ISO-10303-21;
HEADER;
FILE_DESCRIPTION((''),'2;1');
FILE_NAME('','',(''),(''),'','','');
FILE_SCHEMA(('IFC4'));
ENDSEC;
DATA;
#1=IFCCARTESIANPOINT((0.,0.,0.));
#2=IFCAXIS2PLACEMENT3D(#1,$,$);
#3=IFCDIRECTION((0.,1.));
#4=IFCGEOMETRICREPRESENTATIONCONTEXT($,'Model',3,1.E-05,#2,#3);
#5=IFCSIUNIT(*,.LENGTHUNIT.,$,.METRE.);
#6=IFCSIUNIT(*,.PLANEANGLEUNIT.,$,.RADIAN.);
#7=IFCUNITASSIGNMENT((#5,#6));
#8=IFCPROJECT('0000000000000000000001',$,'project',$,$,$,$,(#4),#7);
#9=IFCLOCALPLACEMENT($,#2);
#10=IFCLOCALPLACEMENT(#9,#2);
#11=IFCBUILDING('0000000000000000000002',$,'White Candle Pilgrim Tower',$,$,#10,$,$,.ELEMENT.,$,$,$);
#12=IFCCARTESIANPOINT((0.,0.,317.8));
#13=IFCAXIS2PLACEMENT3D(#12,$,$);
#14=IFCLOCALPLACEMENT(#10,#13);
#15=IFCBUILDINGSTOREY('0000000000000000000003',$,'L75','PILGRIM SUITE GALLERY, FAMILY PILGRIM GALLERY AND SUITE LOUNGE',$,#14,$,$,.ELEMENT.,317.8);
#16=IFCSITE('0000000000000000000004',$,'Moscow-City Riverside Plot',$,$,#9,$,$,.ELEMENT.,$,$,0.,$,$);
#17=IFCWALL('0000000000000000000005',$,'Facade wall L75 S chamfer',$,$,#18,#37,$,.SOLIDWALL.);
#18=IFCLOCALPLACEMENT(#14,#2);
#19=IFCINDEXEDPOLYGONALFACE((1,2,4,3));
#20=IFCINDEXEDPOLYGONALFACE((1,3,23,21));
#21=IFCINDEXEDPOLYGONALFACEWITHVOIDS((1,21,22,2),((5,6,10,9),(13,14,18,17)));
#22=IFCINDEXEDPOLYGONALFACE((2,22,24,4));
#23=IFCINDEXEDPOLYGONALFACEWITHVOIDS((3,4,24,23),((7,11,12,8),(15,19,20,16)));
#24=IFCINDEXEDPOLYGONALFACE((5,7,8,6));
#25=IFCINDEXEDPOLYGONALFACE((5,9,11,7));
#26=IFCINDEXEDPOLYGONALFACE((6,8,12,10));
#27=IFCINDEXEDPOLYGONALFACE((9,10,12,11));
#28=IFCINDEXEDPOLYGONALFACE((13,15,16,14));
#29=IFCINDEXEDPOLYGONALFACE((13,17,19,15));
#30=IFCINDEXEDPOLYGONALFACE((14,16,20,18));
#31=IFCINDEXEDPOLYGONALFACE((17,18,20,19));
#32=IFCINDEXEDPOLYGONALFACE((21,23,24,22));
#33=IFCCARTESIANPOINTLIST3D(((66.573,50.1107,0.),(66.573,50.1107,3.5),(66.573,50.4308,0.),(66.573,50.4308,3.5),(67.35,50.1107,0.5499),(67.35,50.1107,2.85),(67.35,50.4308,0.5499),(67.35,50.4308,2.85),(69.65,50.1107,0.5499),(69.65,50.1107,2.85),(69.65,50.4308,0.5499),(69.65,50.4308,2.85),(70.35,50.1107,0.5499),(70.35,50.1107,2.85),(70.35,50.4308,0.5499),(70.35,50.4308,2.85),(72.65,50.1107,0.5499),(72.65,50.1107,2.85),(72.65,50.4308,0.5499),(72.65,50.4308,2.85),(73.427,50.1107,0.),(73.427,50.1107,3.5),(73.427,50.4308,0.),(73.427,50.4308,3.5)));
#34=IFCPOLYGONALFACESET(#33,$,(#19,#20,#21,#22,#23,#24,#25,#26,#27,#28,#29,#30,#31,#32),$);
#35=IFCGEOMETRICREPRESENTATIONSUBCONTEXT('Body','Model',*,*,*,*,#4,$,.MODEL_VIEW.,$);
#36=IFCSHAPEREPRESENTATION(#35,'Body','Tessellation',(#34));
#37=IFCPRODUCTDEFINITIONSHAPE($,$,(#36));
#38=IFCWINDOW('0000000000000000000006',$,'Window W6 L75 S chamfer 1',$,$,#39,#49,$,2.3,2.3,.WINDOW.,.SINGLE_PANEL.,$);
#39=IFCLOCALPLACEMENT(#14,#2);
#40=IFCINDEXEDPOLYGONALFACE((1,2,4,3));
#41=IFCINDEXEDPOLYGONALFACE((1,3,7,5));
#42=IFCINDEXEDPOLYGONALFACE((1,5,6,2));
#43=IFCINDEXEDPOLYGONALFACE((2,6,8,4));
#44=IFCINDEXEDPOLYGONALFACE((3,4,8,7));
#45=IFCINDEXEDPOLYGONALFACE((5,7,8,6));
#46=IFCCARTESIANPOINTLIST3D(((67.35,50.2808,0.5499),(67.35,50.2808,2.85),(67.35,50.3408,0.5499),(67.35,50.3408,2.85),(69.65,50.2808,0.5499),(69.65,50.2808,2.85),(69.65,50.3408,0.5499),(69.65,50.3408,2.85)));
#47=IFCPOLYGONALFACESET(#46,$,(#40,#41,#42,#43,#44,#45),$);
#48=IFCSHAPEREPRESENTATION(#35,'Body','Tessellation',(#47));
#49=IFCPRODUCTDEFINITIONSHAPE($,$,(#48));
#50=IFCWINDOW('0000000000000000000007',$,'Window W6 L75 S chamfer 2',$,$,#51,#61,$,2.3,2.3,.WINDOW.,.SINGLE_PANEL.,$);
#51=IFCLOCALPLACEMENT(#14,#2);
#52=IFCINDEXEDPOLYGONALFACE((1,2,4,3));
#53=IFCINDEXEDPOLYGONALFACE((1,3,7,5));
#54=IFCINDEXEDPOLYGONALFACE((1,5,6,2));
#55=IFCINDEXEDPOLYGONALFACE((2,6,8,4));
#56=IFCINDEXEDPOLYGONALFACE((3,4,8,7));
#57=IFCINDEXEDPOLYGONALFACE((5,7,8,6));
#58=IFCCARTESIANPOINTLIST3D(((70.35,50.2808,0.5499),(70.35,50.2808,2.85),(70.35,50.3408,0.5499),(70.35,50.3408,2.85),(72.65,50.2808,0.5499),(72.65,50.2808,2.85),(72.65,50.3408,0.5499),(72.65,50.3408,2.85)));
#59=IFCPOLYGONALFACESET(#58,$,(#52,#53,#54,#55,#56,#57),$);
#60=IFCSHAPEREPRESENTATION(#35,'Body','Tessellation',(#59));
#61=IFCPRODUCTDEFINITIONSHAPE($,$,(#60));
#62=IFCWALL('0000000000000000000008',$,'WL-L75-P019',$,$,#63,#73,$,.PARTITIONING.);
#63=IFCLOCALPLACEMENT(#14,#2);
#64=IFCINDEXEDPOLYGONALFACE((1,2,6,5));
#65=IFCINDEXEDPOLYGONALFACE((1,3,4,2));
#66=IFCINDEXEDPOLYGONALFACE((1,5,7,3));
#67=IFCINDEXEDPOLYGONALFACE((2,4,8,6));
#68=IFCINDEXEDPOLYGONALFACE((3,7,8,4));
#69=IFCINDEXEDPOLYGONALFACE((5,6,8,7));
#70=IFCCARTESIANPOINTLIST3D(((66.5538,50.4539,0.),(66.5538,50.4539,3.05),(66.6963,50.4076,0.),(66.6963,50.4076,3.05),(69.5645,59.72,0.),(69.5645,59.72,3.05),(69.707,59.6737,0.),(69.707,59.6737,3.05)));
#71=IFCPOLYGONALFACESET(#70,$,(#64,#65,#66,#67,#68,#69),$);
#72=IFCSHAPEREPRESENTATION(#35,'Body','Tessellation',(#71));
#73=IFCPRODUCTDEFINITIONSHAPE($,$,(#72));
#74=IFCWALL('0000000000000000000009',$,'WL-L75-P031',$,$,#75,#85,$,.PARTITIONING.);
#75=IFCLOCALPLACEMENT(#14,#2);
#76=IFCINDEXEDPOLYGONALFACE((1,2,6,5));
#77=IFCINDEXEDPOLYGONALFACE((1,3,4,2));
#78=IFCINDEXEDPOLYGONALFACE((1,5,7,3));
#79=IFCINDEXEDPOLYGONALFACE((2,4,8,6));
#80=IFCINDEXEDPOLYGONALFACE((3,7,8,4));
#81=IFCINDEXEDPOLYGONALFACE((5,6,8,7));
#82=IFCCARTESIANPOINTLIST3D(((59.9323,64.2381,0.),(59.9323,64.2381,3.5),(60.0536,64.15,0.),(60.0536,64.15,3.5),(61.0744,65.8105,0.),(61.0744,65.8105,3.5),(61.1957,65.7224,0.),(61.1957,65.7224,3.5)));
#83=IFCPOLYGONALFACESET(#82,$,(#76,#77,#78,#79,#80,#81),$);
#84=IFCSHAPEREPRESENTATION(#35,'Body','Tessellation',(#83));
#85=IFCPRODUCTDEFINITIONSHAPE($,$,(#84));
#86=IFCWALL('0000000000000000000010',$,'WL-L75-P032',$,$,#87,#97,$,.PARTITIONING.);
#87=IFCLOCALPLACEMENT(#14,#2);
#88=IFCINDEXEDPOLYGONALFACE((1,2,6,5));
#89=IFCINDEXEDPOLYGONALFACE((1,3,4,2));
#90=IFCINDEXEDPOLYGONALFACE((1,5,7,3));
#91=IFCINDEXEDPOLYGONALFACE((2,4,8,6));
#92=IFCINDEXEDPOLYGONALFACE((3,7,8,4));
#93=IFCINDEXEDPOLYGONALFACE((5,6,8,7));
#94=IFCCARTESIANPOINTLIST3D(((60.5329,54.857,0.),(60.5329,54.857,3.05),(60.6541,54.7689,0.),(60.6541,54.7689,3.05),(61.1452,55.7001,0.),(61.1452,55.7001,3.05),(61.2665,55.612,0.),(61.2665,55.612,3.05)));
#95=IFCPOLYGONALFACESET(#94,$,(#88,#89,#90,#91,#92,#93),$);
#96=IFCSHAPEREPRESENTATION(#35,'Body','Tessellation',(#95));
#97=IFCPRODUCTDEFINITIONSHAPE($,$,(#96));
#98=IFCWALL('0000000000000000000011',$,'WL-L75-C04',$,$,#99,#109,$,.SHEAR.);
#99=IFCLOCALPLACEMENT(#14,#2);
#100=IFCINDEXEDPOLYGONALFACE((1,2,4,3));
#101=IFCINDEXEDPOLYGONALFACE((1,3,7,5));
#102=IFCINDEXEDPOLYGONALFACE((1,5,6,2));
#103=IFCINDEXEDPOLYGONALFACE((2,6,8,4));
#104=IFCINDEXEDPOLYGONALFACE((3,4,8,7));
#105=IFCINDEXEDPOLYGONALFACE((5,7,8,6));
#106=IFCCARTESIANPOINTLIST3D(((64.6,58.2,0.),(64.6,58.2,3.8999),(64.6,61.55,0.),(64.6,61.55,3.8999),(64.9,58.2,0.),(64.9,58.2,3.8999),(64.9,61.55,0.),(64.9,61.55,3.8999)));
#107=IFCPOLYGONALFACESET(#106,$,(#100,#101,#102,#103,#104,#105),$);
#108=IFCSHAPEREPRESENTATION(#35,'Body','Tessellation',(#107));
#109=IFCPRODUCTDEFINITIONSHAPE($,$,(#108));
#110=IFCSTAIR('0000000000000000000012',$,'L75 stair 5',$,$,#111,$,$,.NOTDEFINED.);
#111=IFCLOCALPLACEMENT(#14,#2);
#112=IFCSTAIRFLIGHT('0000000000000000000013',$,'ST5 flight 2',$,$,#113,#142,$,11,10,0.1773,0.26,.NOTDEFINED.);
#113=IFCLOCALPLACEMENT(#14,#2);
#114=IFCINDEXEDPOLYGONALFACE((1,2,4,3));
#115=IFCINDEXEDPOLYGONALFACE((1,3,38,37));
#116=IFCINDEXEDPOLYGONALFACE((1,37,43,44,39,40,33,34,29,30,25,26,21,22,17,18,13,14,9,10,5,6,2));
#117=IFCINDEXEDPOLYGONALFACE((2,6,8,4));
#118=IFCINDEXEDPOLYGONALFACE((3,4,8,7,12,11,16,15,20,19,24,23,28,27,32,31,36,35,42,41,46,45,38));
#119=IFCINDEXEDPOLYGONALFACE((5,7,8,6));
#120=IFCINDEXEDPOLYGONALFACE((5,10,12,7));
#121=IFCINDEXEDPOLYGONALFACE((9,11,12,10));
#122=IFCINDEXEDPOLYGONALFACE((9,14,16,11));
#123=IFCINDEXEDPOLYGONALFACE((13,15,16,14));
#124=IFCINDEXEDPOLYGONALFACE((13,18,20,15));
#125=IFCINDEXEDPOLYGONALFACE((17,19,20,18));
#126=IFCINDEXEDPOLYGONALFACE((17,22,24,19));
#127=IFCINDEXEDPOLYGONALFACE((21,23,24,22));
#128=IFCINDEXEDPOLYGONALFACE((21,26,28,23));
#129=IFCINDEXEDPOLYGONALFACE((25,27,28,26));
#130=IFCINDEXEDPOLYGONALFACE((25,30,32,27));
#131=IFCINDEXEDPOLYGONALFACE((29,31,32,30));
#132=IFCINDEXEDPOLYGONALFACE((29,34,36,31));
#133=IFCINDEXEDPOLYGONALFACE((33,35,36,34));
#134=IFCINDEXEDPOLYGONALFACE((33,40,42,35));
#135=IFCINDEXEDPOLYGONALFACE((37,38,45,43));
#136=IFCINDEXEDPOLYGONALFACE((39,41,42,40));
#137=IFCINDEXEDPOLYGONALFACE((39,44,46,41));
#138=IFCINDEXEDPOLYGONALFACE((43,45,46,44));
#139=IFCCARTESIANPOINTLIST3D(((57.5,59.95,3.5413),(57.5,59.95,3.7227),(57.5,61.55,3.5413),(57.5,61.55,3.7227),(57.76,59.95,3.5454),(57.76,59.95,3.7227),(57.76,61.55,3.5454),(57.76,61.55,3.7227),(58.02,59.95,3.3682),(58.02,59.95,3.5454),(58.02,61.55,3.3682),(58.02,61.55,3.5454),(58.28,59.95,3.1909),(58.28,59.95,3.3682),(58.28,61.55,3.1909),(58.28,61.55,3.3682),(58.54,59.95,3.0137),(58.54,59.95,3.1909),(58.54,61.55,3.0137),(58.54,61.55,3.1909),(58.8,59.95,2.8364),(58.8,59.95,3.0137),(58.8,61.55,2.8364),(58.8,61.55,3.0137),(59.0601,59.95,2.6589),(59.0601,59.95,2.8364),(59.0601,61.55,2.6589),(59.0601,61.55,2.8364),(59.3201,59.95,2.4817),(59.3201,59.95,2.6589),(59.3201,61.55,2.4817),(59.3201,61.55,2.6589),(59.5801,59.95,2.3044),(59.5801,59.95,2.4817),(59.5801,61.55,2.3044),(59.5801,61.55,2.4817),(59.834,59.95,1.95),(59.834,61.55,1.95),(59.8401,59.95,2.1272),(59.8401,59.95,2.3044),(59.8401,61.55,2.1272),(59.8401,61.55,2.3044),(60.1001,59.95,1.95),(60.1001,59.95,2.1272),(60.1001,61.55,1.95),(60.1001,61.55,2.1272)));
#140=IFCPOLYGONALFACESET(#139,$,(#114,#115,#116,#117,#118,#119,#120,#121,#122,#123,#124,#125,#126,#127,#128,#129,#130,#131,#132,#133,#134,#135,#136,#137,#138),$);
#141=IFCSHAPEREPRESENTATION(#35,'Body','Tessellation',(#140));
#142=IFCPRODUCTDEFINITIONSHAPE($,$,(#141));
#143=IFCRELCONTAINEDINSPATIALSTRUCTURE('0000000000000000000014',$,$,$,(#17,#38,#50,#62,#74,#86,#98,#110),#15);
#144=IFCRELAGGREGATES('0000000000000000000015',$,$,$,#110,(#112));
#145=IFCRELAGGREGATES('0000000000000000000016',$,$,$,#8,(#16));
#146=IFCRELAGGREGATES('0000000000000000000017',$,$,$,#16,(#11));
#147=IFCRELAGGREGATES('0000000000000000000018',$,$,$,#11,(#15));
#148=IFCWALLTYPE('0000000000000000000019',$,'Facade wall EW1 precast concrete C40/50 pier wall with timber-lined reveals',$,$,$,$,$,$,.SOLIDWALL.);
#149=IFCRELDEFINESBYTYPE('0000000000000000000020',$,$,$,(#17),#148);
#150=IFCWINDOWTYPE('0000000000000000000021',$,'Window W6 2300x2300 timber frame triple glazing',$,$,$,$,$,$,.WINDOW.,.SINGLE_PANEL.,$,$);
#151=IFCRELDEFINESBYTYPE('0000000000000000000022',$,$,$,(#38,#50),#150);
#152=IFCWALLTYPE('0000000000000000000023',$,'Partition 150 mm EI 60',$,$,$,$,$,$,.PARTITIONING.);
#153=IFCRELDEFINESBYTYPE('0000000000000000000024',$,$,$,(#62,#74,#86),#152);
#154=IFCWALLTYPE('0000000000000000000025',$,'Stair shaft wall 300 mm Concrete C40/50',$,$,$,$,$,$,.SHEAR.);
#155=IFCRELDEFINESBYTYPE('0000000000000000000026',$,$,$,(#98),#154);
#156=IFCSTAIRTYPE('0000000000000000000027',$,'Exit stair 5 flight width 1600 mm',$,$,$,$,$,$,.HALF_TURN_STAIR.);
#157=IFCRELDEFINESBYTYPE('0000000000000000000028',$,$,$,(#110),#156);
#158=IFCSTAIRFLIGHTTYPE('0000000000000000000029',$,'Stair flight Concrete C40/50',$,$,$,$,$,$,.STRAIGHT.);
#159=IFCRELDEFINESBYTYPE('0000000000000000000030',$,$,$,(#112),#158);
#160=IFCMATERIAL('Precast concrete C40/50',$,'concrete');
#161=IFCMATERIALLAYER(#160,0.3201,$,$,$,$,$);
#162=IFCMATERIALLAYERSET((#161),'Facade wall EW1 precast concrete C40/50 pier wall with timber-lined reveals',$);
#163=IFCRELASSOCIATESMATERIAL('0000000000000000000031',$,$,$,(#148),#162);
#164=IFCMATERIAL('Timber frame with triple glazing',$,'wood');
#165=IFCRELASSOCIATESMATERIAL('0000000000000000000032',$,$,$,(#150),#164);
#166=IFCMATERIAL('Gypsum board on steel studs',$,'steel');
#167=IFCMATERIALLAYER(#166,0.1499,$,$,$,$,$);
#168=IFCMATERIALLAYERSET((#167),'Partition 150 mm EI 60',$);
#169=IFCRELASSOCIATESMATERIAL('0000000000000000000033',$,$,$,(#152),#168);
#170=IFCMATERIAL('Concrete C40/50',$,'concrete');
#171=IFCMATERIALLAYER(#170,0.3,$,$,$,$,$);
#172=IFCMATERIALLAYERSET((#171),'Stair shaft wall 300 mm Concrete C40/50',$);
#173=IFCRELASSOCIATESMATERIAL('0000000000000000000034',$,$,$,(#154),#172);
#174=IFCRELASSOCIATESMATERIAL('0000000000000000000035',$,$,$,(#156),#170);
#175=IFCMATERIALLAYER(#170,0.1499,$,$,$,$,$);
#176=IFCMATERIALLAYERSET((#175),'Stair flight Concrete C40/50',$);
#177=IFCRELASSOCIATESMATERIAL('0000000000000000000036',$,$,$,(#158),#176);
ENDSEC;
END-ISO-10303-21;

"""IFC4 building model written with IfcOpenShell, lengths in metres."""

from ifc_helpers import new_model, si_unit, direction, frame, frame_2d, origin, place, context, subcontext, project, spatial, polyline, rectangle, outline, extrude, material, layer, layer_set, type_object, element, fill, aggregate, save


model = new_model("IFC4")

# Units and contexts
model_context = context("Model", 3, precision=1e-05, world=origin(), true_north=direction((0.0, 1.0)))
body_context = subcontext(model_context, "Body", "Model", "MODEL_VIEW")
ifc_project = project(units=[si_unit("LENGTHUNIT", "METRE"), si_unit("PLANEANGLEUNIT", "RADIAN")], contexts=[model_context])

# Site, building, storey
site_placement = place(None, origin())
site = spatial("IfcSite", under=ifc_project, at=site_placement, Name="Moscow-City Riverside Plot", CompositionType="ELEMENT", RefElevation=0.0)
building_placement = place(site_placement, origin())
building = spatial("IfcBuilding", under=site, at=building_placement, Name="White Candle Pilgrim Tower", CompositionType="ELEMENT")
storey_placement = place(building_placement, frame((0.0, 0.0, 317.8)))
storey = spatial("IfcBuildingStorey", under=building, at=storey_placement, Name="L75", Description="PILGRIM SUITE GALLERY, FAMILY PILGRIM GALLERY AND SUITE LOUNGE", CompositionType="ELEMENT", Elevation=317.8)

# Shared definitions
ifc_material_1 = material(Name="Gypsum board on steel studs", Category="steel")

# Wall, openings, windows
ifc_material_2 = material(Name="Precast concrete C40/50", Category="concrete")
ifc_layer_1 = layer(ifc_material_2, 0.3201)
ifc_layer_set_1 = layer_set([ifc_layer_1], Name="Facade wall EW1 precast concrete C40/50 pier wall with timber-lined reveals")
wall_type_1 = type_object("IfcWallType", Name="Facade wall EW1 precast concrete C40/50 pier wall with timber-lined reveals", PredefinedType="SOLIDWALL", material=ifc_layer_set_1)
wall_1_placement = place(storey_placement, frame((66.573, 50.2708, 0.0), z_axis=(0.0, 0.0, 1.0), x_axis=(1.0, 0.0, 0.0)))
wall_1 = element("IfcWall", 1, at=wall_1_placement, inside=storey, type_object=wall_type_1, Name="Facade wall L75 S chamfer", PredefinedType="SOLIDWALL", context=body_context, shape_type="SweptSolid", body=[
    extrude(rectangle(XDim=6.854, YDim=0.3201, at=frame_2d((3.427, 0.0))), origin(), (0.0, 0.0, 1.0), 3.5),
])
opening_1_placement = place(wall_1_placement, frame((0.7771, 0.0, 0.55)))
opening_1 = element("IfcOpeningElement", 2, at=opening_1_placement, cuts=wall_1, PredefinedType="OPENING", context=body_context, shape_type="SweptSolid", body=[
    extrude(rectangle(XDim=2.3, YDim=2.3, at=frame_2d((1.1499, 1.1499))), frame((0.0, 0.1699, 0.0), z_axis=(0.0, -1.0, 0.0), x_axis=(1.0, 0.0, 0.0)), (0.0, 0.0, 1.0), 0.3401),
])
opening_2_placement = place(wall_1_placement, frame((3.7771, 0.0, 0.55)))
opening_2 = element("IfcOpeningElement", 3, at=opening_2_placement, cuts=wall_1, PredefinedType="OPENING", context=body_context, shape_type="SweptSolid", body=[
    extrude(rectangle(XDim=2.3, YDim=2.3, at=frame_2d((1.1499, 1.1499))), frame((0.0, 0.1699, 0.0), z_axis=(0.0, -1.0, 0.0), x_axis=(1.0, 0.0, 0.0)), (0.0, 0.0, 1.0), 0.3401),
])
ifc_material_3 = material(Name="Timber frame with triple glazing", Category="wood")
window_type = type_object("IfcWindowType", Name="Window W6 2300x2300 timber frame triple glazing", PartitioningType="SINGLE_PANEL", PredefinedType="WINDOW", material=ifc_material_3)
window_1_placement = place(opening_1_placement, origin())
window_1 = element("IfcWindow", 4, at=window_1_placement, inside=storey, type_object=window_type, Name="Window W6 L75 S chamfer 1", OverallHeight=2.3, OverallWidth=2.3, PartitioningType="SINGLE_PANEL", PredefinedType="WINDOW", context=body_context, shape_type="SweptSolid", body=[
    extrude(rectangle(XDim=2.3, YDim=2.3, at=frame_2d((1.1499, 1.1499))), frame((0.0, 0.0701, 0.0), z_axis=(0.0, -1.0, 0.0), x_axis=(1.0, 0.0, 0.0)), (0.0, 0.0, 1.0), 0.0601),
])
fill(opening_1, window_1)
window_2_placement = place(opening_2_placement, origin())
window_2 = element("IfcWindow", 5, at=window_2_placement, inside=storey, type_object=window_type, Name="Window W6 L75 S chamfer 2", OverallHeight=2.3, OverallWidth=2.3, PartitioningType="SINGLE_PANEL", PredefinedType="WINDOW", context=body_context, shape_type="SweptSolid", body=[
    extrude(rectangle(XDim=2.3, YDim=2.3, at=frame_2d((1.1499, 1.1499))), frame((0.0, 0.0701, 0.0), z_axis=(0.0, -1.0, 0.0), x_axis=(1.0, 0.0, 0.0)), (0.0, 0.0, 1.0), 0.0601),
])
fill(opening_2, window_2)

# Walls
ifc_layer_2 = layer(ifc_material_1, 0.1499)
ifc_layer_set_2 = layer_set([ifc_layer_2], Name="Partition 150 mm EI 60")
wall_type_2 = type_object("IfcWallType", Name="Partition 150 mm EI 60", PredefinedType="PARTITIONING", material=ifc_layer_set_2)
wall_2_placement = place(storey_placement, frame((66.625, 50.4307, 0.0), z_axis=(0.0, 0.0, 1.0), x_axis=(0.309017, 0.951057, 0.0)))
element("IfcWall", 6, at=wall_2_placement, inside=storey, type_object=wall_type_2, Name="WL-L75-P019", PredefinedType="PARTITIONING", context=body_context, shape_type="SweptSolid", body=[
    extrude(rectangle(XDim=9.7429, YDim=0.1499, at=frame_2d((4.8716, 0.0))), origin(), (0.0, 0.0, 1.0), 3.05),
])
wall_3_placement = place(storey_placement, frame((59.9929, 64.1941, 0.0), z_axis=(0.0, 0.0, 1.0), x_axis=(0.587708, 0.809073, 0.0)))
element("IfcWall", 7, at=wall_3_placement, inside=storey, type_object=wall_type_2, Name="WL-L75-P031", PredefinedType="PARTITIONING", context=body_context, shape_type="SweptSolid", body=[
    extrude(rectangle(XDim=1.9434, YDim=0.1499, at=frame_2d((0.9717, 0.0))), origin(), (0.0, 0.0, 1.0), 3.5),
])
wall_4_placement = place(storey_placement, frame((60.5935, 54.813, 0.0), z_axis=(0.0, 0.0, 1.0), x_axis=(0.58767, 0.809101, 0.0)))
element("IfcWall", 8, at=wall_4_placement, inside=storey, type_object=wall_type_2, Name="WL-L75-P032", PredefinedType="PARTITIONING", context=body_context, shape_type="SweptSolid", body=[
    extrude(rectangle(XDim=1.042, YDim=0.1499, at=frame_2d((0.521, 0.0))), origin(), (0.0, 0.0, 1.0), 3.05),
])
ifc_material_4 = material(Name="Concrete C40/50", Category="concrete")
ifc_layer_3 = layer(ifc_material_4, 0.3)
ifc_layer_set_3 = layer_set([ifc_layer_3], Name="Stair shaft wall 300 mm Concrete C40/50")
wall_type_3 = type_object("IfcWallType", Name="Stair shaft wall 300 mm Concrete C40/50", PredefinedType="SHEAR", material=ifc_layer_set_3)
wall_5_placement = place(storey_placement, frame((64.75, 58.2, 0.0), z_axis=(0.0, 0.0, 1.0), x_axis=(0.0, 1.0, 0.0)))
element("IfcWall", 9, at=wall_5_placement, inside=storey, type_object=wall_type_3, Name="WL-L75-C04", PredefinedType="SHEAR", context=body_context, shape_type="SweptSolid", body=[
    extrude(rectangle(XDim=3.3501, YDim=0.3, at=frame_2d((1.675, 0.0))), origin(), (0.0, 0.0, 1.0), 3.8999),
])

# Stair, stair flight
stair_type = type_object("IfcStairType", Name="Exit stair 5 flight width 1600 mm", PredefinedType="HALF_TURN_STAIR", material=ifc_material_4)
stair_placement = place(storey_placement, origin())
stair = element("IfcStair", 10, at=stair_placement, inside=storey, type_object=stair_type, Name="L75 stair 5", PredefinedType="NOTDEFINED")
ifc_layer_4 = layer(ifc_material_4, 0.1499)
ifc_layer_set_4 = layer_set([ifc_layer_4], Name="Stair flight Concrete C40/50")
stair_flight_type = type_object("IfcStairFlightType", Name="Stair flight Concrete C40/50", PredefinedType="STRAIGHT", material=ifc_layer_set_4)
stair_flight_placement = place(storey_placement, frame((60.1001, 60.75, 1.95), z_axis=(0.0, 0.0, 1.0), x_axis=(-1.0, 0.0, 0.0)))
stair_flight = element("IfcStairFlight", 11, at=stair_flight_placement, type_object=stair_flight_type, Name="ST5 flight 2", NumberOfRisers=11, NumberOfTreads=10, PredefinedType="NOTDEFINED", RiserHeight=0.1773, TreadLength=0.26, context=body_context, shape_type="SweptSolid", body=[
    extrude(outline(polyline([(0.0, 0.0), (0.0, 0.1772), (0.26, 0.1772), (0.26, 0.3545), (0.52, 0.3545), (0.52, 0.5317), (0.78, 0.5317), (0.78, 0.709), (1.04, 0.709), (1.04, 0.8865), (1.3, 0.8865), (1.3, 1.0637), (1.5601, 1.0637), (1.5601, 1.241), (1.8201, 1.241), (1.8201, 1.4182), (2.0801, 1.4182), (2.0801, 1.5955), (2.3401, 1.5955), (2.3401, 1.7727), (2.6001, 1.7727), (2.6001, 1.95), (2.6001, 1.5913), (0.2661, 0.0), (0.0, 0.0)])), frame((0.0, 0.8, 0.0), z_axis=(0.0, -1.0, 0.0), x_axis=(1.0, 0.0, 0.0)), (0.0, 0.0, 1.0), 1.6001),
])
aggregate(stair, [stair_flight])

save(model, "model.ifc")
